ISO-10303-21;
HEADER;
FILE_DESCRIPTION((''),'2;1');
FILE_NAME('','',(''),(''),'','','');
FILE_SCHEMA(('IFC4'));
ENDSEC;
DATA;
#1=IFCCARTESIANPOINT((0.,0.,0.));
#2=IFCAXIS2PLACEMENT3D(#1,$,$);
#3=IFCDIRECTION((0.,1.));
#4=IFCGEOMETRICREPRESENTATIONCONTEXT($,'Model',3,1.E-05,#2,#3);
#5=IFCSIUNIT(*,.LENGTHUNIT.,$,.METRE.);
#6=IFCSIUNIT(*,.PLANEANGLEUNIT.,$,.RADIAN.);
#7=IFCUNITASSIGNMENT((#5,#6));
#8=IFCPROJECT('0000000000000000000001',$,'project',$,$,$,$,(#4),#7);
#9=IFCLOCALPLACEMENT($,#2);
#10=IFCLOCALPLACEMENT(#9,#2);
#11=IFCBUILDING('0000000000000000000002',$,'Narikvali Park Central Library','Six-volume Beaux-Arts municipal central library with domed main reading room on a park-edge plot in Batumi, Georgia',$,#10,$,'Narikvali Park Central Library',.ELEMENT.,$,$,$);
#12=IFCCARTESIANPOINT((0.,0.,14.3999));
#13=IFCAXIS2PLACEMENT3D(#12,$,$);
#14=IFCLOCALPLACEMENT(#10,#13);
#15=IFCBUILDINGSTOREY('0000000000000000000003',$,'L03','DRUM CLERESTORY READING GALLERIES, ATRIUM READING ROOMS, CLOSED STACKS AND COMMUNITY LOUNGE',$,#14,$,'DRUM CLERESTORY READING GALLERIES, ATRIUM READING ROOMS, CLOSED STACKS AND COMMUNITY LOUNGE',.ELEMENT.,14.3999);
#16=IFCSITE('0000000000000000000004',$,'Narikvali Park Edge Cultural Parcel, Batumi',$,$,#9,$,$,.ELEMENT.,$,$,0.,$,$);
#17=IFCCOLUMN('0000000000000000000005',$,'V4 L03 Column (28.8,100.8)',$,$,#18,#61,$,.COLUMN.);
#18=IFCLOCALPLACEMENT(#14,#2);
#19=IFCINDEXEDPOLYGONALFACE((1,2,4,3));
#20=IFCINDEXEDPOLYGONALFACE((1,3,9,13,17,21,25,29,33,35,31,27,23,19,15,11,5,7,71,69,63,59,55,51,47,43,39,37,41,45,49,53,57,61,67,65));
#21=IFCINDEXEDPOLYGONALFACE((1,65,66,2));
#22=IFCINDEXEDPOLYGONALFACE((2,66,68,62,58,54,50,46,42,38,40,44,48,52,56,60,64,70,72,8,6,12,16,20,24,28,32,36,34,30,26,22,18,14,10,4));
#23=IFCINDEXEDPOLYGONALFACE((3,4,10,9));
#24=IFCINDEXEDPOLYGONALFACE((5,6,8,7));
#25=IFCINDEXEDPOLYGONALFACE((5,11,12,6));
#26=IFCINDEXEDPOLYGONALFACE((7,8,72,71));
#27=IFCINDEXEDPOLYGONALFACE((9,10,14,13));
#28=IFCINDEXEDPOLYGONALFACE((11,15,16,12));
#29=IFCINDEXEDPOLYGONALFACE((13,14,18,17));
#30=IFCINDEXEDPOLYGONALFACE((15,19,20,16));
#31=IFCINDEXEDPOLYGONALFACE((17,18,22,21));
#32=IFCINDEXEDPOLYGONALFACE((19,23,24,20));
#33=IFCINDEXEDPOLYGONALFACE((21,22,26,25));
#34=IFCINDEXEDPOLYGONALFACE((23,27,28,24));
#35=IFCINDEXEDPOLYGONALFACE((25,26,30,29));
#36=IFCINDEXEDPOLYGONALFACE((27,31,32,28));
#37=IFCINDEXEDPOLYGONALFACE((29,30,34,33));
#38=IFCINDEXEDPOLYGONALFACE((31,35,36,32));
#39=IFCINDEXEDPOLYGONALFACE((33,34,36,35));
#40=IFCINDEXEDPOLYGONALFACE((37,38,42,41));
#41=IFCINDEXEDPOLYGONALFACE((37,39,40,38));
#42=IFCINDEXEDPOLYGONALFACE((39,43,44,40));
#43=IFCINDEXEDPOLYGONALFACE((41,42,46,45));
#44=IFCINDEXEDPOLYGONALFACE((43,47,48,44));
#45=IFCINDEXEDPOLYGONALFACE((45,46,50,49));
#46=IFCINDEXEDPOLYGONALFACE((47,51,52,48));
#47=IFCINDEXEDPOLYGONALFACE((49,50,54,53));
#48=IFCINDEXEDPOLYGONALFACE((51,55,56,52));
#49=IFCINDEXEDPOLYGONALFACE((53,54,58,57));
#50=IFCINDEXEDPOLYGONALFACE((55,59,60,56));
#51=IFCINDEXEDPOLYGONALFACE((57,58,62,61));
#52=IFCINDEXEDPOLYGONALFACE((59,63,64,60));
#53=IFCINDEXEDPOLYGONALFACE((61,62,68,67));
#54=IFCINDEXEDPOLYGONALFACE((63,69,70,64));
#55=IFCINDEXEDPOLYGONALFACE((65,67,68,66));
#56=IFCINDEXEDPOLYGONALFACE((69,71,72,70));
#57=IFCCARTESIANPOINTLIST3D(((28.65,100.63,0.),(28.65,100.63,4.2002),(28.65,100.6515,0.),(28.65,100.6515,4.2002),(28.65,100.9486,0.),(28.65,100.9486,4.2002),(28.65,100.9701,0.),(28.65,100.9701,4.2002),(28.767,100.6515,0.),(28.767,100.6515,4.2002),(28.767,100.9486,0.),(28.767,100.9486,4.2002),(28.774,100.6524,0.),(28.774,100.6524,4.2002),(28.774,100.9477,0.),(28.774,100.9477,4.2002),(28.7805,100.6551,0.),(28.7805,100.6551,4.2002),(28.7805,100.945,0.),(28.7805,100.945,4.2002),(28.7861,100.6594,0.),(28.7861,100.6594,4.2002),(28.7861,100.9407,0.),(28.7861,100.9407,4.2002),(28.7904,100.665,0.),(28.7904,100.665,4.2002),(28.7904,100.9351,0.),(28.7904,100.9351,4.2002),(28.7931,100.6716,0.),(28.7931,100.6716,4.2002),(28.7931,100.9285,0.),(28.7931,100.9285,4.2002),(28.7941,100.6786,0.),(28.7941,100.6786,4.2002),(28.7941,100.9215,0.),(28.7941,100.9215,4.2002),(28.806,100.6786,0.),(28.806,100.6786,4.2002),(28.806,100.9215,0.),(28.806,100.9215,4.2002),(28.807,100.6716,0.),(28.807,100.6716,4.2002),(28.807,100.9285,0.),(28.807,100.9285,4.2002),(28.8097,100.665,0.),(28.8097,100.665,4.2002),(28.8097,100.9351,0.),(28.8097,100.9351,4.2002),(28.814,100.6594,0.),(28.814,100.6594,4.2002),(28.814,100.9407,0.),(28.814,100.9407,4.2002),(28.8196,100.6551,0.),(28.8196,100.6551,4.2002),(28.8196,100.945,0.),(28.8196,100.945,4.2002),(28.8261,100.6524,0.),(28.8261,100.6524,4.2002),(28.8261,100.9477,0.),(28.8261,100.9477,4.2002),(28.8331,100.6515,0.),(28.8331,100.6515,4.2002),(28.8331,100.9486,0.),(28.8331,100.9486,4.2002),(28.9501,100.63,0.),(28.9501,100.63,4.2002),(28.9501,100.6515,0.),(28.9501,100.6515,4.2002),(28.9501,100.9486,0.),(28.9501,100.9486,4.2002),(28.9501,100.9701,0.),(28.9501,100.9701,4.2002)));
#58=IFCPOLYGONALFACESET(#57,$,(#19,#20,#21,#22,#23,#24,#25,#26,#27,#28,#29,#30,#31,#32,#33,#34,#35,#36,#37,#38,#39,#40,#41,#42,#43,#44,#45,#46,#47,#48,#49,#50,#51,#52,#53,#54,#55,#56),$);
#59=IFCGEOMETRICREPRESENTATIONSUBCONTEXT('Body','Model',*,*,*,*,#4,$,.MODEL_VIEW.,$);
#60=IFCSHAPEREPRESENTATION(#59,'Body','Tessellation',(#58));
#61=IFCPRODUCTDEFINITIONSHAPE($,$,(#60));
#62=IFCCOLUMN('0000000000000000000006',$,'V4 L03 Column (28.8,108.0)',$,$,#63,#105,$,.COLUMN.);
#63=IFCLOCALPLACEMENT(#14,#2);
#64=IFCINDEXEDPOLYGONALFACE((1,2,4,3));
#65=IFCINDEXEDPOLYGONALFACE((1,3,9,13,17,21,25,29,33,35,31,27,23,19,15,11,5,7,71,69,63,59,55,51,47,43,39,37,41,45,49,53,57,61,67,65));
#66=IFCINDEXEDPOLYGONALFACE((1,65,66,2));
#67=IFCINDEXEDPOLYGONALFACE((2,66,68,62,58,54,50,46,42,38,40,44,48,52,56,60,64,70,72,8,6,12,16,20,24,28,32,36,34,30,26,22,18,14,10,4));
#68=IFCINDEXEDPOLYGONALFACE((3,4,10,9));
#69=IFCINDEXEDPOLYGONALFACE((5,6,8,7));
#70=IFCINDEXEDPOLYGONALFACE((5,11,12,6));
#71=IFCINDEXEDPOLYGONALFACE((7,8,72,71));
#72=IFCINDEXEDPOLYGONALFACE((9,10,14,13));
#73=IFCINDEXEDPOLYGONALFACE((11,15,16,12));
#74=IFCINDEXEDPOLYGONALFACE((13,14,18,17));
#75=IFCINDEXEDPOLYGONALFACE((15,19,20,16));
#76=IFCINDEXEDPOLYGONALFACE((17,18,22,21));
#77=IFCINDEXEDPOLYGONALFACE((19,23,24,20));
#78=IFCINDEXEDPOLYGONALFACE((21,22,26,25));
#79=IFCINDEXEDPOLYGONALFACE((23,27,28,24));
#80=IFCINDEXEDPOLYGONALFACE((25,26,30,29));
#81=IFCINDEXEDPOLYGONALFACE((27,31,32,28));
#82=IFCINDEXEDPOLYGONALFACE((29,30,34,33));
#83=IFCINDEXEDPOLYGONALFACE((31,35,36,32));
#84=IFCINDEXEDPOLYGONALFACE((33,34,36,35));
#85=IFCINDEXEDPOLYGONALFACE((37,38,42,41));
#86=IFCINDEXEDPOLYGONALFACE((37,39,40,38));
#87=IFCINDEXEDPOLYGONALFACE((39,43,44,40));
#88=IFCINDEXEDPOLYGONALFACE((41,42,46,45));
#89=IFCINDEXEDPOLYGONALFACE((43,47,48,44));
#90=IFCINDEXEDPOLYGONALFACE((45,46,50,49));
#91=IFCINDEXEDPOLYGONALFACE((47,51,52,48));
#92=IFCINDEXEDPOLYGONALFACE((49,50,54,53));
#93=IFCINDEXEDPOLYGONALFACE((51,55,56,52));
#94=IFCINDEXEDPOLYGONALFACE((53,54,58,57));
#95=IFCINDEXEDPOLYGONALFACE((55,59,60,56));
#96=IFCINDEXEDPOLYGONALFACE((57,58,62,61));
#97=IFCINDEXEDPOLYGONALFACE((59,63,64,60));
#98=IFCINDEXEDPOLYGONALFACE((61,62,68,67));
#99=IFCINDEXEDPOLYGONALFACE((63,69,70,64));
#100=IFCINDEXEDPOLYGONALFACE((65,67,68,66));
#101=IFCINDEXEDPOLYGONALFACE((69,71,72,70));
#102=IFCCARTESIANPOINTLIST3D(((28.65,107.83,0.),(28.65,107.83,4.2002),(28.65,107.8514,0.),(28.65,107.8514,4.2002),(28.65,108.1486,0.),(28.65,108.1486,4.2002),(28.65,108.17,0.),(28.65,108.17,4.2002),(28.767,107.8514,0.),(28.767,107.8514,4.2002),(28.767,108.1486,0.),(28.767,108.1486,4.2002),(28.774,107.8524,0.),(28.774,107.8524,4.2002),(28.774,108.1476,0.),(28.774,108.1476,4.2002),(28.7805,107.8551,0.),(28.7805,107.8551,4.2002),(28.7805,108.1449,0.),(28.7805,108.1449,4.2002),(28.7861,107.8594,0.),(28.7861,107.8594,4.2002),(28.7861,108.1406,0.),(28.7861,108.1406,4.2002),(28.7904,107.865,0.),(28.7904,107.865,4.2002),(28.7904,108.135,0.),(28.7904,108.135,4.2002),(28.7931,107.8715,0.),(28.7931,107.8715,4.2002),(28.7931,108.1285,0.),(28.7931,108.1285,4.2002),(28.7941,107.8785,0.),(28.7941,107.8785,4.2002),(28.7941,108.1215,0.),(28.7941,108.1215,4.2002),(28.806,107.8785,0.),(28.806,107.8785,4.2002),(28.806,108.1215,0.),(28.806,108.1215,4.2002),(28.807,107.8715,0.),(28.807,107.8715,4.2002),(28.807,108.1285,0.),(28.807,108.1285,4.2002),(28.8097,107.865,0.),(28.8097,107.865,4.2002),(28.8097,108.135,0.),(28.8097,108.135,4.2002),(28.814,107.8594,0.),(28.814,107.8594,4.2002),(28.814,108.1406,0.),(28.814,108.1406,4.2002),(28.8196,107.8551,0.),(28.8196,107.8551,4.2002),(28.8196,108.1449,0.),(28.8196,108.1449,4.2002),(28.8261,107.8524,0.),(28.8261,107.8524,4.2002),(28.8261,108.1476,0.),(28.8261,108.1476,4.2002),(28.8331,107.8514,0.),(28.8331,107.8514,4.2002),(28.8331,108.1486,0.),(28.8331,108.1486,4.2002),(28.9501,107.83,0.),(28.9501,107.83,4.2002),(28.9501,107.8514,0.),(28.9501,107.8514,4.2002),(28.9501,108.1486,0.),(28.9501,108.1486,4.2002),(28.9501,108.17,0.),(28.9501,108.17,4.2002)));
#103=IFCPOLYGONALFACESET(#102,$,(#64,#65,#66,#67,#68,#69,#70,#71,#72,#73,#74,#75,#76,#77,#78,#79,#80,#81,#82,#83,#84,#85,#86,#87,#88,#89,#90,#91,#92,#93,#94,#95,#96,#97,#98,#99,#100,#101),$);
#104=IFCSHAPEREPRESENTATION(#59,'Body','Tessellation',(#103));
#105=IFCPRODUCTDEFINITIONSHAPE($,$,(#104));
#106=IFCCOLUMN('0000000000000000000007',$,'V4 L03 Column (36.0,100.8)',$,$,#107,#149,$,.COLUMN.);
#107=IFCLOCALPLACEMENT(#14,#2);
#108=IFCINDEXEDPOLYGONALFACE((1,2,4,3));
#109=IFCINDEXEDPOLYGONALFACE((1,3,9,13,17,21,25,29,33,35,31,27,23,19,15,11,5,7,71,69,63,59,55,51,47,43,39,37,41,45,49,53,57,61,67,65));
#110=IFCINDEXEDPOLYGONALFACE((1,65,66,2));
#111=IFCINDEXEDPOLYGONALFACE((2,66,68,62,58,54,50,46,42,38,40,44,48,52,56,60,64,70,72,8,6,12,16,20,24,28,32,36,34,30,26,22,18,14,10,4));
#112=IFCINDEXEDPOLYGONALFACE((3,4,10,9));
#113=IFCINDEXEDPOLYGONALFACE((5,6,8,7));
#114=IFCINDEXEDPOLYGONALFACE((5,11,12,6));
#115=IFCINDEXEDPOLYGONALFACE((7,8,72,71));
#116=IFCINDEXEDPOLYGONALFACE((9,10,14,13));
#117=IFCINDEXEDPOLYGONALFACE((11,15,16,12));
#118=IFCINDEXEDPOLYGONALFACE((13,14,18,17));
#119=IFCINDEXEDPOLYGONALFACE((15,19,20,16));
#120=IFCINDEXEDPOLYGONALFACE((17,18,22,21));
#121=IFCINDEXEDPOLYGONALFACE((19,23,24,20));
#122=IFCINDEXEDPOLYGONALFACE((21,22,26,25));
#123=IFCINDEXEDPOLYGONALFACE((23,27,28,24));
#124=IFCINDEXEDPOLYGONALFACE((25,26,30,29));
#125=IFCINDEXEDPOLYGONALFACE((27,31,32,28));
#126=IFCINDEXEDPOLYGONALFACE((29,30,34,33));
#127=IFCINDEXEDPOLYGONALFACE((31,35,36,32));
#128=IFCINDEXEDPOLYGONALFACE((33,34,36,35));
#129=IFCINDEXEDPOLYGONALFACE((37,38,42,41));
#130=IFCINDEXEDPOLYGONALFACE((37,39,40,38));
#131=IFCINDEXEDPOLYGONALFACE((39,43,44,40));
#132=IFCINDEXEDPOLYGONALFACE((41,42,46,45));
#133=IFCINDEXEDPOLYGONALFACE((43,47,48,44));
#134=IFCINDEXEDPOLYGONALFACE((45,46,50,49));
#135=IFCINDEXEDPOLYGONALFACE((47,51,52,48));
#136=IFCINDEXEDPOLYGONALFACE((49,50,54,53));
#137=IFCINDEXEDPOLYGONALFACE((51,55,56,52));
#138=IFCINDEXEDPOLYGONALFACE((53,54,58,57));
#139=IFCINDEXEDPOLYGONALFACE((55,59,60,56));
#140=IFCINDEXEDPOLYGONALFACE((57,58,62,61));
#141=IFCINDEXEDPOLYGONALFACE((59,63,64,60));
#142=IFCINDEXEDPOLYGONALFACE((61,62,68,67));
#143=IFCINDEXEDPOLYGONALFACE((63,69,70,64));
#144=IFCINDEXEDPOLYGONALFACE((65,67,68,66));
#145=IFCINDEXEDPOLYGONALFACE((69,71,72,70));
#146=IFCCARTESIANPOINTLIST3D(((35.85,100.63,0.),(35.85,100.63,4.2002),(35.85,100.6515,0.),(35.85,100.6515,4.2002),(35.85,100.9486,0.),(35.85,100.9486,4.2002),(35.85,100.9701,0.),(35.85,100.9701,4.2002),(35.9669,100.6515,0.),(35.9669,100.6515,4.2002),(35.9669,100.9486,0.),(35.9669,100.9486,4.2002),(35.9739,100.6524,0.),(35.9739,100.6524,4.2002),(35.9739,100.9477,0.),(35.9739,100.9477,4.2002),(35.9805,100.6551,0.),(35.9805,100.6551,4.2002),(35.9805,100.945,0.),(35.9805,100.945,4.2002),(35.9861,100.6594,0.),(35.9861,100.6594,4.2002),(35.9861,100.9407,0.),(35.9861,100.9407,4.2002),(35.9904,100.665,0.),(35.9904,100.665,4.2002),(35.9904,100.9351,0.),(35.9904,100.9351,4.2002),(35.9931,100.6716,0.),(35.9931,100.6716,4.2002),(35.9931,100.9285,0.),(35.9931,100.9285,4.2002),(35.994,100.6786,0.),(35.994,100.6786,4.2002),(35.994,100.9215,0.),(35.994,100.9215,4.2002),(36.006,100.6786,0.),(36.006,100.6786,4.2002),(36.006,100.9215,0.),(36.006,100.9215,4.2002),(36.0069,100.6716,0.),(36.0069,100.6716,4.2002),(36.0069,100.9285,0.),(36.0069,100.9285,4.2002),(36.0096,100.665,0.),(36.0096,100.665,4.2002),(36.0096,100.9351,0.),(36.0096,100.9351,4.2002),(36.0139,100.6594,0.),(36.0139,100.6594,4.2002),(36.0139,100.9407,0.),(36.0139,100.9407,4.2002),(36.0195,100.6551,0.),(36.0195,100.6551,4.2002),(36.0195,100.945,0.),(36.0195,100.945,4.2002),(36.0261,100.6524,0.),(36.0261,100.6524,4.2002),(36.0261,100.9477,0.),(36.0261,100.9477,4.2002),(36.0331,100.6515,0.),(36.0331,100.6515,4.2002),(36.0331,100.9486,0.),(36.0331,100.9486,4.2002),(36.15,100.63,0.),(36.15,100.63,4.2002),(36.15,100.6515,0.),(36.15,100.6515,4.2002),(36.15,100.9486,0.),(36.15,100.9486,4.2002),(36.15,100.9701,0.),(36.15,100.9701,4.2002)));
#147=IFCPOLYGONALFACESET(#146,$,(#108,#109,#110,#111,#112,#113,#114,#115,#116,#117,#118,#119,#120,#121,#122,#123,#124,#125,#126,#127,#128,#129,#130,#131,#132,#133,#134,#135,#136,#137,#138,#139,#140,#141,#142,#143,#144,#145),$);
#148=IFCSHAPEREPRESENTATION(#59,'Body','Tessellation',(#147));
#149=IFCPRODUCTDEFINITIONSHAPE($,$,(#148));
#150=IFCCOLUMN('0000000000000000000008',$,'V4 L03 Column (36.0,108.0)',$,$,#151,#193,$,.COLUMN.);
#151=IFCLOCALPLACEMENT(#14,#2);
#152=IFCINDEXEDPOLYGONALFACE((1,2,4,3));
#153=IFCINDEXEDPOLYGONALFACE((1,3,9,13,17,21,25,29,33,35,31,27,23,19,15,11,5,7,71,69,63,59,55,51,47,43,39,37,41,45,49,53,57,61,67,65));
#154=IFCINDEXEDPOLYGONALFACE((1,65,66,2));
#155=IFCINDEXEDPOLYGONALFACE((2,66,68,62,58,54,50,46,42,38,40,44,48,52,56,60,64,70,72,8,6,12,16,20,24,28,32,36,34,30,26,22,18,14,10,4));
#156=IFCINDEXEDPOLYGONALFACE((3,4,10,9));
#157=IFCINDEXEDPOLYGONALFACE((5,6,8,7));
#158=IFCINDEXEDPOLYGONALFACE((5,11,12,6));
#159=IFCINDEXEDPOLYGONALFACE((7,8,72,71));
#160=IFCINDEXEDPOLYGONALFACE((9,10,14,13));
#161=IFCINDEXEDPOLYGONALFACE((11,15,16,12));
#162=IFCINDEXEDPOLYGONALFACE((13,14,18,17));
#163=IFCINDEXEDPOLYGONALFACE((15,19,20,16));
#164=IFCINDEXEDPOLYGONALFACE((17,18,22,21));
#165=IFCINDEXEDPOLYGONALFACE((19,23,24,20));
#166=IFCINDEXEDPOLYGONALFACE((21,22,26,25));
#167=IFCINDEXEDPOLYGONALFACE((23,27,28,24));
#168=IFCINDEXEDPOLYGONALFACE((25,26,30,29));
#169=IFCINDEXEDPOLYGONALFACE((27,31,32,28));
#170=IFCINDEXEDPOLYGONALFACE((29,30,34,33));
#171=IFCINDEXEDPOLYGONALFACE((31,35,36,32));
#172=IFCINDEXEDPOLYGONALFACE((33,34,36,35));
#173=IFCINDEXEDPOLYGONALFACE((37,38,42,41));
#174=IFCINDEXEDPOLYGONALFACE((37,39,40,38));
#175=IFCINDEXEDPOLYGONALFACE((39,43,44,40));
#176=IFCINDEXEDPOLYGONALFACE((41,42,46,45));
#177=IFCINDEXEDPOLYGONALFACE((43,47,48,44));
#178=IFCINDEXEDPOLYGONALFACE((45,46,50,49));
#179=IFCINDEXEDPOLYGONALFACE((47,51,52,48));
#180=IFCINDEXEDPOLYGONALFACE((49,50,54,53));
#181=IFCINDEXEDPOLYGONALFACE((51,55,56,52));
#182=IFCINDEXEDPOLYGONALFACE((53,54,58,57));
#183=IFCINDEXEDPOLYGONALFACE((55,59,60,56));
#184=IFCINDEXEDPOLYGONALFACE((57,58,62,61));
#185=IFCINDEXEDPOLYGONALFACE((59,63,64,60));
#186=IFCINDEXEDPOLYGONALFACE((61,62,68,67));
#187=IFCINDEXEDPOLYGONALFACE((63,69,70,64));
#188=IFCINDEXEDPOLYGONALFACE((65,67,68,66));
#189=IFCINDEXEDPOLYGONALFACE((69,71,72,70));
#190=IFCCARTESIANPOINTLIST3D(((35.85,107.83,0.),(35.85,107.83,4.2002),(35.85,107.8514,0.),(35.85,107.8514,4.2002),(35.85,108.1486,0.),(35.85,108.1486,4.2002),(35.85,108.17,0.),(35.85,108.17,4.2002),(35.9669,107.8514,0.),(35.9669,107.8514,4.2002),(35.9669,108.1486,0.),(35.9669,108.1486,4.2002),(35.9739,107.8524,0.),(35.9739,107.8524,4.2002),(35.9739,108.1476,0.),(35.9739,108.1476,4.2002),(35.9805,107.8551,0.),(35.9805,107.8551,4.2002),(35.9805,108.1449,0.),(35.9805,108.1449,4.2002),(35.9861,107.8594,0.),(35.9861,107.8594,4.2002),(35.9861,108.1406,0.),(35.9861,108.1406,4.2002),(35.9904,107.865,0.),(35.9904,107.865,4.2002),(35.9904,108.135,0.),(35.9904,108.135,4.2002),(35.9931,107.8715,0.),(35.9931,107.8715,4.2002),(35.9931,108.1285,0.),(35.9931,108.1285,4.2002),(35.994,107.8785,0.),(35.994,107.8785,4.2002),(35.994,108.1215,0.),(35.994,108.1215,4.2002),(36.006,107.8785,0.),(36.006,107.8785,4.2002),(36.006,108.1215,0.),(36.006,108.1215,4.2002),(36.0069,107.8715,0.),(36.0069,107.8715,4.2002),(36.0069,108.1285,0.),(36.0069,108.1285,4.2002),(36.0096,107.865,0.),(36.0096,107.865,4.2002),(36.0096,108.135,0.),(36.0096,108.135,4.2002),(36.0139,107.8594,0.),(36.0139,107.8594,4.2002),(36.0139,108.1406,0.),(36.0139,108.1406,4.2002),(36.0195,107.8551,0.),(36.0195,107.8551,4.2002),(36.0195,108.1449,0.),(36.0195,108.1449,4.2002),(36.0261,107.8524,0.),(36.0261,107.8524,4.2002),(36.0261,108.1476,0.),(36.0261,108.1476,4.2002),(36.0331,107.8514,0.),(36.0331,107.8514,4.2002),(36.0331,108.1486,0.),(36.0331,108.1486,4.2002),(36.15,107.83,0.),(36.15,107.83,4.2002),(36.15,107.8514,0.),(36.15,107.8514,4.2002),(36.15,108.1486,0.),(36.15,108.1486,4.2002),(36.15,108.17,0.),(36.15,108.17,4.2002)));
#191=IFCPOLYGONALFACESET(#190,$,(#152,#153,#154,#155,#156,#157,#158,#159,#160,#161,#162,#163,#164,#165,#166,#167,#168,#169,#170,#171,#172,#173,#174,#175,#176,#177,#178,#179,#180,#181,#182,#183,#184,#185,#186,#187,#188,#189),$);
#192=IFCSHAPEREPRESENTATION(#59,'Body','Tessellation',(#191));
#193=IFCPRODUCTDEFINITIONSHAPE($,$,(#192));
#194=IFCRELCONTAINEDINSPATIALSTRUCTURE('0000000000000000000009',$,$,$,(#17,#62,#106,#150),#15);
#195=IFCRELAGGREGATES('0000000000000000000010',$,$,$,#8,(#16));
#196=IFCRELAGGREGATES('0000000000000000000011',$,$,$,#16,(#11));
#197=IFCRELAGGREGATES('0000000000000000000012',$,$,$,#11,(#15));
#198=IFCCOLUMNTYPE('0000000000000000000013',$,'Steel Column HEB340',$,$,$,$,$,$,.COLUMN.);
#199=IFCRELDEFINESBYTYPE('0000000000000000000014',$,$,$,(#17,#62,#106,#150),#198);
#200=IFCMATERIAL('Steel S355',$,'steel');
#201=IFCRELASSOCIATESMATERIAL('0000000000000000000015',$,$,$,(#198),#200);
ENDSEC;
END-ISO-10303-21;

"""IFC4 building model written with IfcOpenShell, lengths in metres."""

from ifc_helpers import new_model, si_unit, direction, frame, origin, origin_2d, place, context, subcontext, project, spatial, i_section, extrude, material, material_profile, profile_set, type_object, element, save


model = new_model("IFC4")

# Units and contexts
model_context = context("Model", 3, precision=1e-05, world=origin(), true_north=direction((0.0, 1.0)))
body_context = subcontext(model_context, "Body", "Model", "MODEL_VIEW")
ifc_project = project(units=[si_unit("LENGTHUNIT", "METRE"), si_unit("PLANEANGLEUNIT", "RADIAN")], contexts=[model_context])

# Site, building, storey
site_placement = place(None, origin())
site = spatial("IfcSite", under=ifc_project, at=site_placement, Name="Narikvali Park Edge Cultural Parcel, Batumi", CompositionType="ELEMENT", RefElevation=0.0)
building_placement = place(site_placement, origin())
building = spatial("IfcBuilding", under=site, at=building_placement, Name="Narikvali Park Central Library", Description="Six-volume Beaux-Arts municipal central library with domed main reading room on a park-edge plot in Batumi, Georgia", LongName="Narikvali Park Central Library", CompositionType="ELEMENT")
storey_placement = place(building_placement, frame((0.0, 0.0, 14.3999)))
storey = spatial("IfcBuildingStorey", under=building, at=storey_placement, Name="L03", Description="DRUM CLERESTORY READING GALLERIES, ATRIUM READING ROOMS, CLOSED STACKS AND COMMUNITY LOUNGE", LongName="DRUM CLERESTORY READING GALLERIES, ATRIUM READING ROOMS, CLOSED STACKS AND COMMUNITY LOUNGE", CompositionType="ELEMENT", Elevation=14.3999)

# Columns
ifc_material_1 = material(Name="Steel S355", Category="steel")
ifc_material_profile_1 = material_profile(ifc_material_1, i_section(OverallWidth=0.3, OverallDepth=0.3401, WebThickness=0.012, FlangeThickness=0.0215, FilletRadius=0.0271, at=origin_2d()), Name="HEB 340")
ifc_profile_set_1 = profile_set([ifc_material_profile_1], Name="Steel S355")
column_type = type_object("IfcColumnType", Name="Steel Column HEB340", PredefinedType="COLUMN", material=ifc_profile_set_1)
for number, where, z_axis, x_axis, name in (
    (1, (28.8, 100.8, 0.0), (0.0, 0.0, 1.0), (1.0, 0.0, 0.0), "V4 L03 Column (28.8,100.8)"),
    (2, (28.8, 108.0, 0.0), (0.0, 0.0, 1.0), (1.0, 0.0, 0.0), "V4 L03 Column (28.8,108.0)"),
    (3, (36.0, 100.8, 0.0), (0.0, 0.0, 1.0), (1.0, 0.0, 0.0), "V4 L03 Column (36.0,100.8)"),
    (4, (36.0, 108.0, 0.0), (0.0, 0.0, 1.0), (1.0, 0.0, 0.0), "V4 L03 Column (36.0,108.0)"),
):
    element("IfcColumn", number, at=place(storey_placement, frame(where, z_axis=z_axis, x_axis=x_axis)), inside=storey, type_object=column_type, Name=name, PredefinedType="COLUMN", context=body_context, shape_type="SweptSolid", body=[
        extrude(i_section(OverallWidth=0.3, OverallDepth=0.3401, WebThickness=0.012, FlangeThickness=0.0215, FilletRadius=0.0271, at=origin_2d()), origin(), (0.0, 0.0, 1.0), 4.2002),
    ])

save(model, "model.ifc")
